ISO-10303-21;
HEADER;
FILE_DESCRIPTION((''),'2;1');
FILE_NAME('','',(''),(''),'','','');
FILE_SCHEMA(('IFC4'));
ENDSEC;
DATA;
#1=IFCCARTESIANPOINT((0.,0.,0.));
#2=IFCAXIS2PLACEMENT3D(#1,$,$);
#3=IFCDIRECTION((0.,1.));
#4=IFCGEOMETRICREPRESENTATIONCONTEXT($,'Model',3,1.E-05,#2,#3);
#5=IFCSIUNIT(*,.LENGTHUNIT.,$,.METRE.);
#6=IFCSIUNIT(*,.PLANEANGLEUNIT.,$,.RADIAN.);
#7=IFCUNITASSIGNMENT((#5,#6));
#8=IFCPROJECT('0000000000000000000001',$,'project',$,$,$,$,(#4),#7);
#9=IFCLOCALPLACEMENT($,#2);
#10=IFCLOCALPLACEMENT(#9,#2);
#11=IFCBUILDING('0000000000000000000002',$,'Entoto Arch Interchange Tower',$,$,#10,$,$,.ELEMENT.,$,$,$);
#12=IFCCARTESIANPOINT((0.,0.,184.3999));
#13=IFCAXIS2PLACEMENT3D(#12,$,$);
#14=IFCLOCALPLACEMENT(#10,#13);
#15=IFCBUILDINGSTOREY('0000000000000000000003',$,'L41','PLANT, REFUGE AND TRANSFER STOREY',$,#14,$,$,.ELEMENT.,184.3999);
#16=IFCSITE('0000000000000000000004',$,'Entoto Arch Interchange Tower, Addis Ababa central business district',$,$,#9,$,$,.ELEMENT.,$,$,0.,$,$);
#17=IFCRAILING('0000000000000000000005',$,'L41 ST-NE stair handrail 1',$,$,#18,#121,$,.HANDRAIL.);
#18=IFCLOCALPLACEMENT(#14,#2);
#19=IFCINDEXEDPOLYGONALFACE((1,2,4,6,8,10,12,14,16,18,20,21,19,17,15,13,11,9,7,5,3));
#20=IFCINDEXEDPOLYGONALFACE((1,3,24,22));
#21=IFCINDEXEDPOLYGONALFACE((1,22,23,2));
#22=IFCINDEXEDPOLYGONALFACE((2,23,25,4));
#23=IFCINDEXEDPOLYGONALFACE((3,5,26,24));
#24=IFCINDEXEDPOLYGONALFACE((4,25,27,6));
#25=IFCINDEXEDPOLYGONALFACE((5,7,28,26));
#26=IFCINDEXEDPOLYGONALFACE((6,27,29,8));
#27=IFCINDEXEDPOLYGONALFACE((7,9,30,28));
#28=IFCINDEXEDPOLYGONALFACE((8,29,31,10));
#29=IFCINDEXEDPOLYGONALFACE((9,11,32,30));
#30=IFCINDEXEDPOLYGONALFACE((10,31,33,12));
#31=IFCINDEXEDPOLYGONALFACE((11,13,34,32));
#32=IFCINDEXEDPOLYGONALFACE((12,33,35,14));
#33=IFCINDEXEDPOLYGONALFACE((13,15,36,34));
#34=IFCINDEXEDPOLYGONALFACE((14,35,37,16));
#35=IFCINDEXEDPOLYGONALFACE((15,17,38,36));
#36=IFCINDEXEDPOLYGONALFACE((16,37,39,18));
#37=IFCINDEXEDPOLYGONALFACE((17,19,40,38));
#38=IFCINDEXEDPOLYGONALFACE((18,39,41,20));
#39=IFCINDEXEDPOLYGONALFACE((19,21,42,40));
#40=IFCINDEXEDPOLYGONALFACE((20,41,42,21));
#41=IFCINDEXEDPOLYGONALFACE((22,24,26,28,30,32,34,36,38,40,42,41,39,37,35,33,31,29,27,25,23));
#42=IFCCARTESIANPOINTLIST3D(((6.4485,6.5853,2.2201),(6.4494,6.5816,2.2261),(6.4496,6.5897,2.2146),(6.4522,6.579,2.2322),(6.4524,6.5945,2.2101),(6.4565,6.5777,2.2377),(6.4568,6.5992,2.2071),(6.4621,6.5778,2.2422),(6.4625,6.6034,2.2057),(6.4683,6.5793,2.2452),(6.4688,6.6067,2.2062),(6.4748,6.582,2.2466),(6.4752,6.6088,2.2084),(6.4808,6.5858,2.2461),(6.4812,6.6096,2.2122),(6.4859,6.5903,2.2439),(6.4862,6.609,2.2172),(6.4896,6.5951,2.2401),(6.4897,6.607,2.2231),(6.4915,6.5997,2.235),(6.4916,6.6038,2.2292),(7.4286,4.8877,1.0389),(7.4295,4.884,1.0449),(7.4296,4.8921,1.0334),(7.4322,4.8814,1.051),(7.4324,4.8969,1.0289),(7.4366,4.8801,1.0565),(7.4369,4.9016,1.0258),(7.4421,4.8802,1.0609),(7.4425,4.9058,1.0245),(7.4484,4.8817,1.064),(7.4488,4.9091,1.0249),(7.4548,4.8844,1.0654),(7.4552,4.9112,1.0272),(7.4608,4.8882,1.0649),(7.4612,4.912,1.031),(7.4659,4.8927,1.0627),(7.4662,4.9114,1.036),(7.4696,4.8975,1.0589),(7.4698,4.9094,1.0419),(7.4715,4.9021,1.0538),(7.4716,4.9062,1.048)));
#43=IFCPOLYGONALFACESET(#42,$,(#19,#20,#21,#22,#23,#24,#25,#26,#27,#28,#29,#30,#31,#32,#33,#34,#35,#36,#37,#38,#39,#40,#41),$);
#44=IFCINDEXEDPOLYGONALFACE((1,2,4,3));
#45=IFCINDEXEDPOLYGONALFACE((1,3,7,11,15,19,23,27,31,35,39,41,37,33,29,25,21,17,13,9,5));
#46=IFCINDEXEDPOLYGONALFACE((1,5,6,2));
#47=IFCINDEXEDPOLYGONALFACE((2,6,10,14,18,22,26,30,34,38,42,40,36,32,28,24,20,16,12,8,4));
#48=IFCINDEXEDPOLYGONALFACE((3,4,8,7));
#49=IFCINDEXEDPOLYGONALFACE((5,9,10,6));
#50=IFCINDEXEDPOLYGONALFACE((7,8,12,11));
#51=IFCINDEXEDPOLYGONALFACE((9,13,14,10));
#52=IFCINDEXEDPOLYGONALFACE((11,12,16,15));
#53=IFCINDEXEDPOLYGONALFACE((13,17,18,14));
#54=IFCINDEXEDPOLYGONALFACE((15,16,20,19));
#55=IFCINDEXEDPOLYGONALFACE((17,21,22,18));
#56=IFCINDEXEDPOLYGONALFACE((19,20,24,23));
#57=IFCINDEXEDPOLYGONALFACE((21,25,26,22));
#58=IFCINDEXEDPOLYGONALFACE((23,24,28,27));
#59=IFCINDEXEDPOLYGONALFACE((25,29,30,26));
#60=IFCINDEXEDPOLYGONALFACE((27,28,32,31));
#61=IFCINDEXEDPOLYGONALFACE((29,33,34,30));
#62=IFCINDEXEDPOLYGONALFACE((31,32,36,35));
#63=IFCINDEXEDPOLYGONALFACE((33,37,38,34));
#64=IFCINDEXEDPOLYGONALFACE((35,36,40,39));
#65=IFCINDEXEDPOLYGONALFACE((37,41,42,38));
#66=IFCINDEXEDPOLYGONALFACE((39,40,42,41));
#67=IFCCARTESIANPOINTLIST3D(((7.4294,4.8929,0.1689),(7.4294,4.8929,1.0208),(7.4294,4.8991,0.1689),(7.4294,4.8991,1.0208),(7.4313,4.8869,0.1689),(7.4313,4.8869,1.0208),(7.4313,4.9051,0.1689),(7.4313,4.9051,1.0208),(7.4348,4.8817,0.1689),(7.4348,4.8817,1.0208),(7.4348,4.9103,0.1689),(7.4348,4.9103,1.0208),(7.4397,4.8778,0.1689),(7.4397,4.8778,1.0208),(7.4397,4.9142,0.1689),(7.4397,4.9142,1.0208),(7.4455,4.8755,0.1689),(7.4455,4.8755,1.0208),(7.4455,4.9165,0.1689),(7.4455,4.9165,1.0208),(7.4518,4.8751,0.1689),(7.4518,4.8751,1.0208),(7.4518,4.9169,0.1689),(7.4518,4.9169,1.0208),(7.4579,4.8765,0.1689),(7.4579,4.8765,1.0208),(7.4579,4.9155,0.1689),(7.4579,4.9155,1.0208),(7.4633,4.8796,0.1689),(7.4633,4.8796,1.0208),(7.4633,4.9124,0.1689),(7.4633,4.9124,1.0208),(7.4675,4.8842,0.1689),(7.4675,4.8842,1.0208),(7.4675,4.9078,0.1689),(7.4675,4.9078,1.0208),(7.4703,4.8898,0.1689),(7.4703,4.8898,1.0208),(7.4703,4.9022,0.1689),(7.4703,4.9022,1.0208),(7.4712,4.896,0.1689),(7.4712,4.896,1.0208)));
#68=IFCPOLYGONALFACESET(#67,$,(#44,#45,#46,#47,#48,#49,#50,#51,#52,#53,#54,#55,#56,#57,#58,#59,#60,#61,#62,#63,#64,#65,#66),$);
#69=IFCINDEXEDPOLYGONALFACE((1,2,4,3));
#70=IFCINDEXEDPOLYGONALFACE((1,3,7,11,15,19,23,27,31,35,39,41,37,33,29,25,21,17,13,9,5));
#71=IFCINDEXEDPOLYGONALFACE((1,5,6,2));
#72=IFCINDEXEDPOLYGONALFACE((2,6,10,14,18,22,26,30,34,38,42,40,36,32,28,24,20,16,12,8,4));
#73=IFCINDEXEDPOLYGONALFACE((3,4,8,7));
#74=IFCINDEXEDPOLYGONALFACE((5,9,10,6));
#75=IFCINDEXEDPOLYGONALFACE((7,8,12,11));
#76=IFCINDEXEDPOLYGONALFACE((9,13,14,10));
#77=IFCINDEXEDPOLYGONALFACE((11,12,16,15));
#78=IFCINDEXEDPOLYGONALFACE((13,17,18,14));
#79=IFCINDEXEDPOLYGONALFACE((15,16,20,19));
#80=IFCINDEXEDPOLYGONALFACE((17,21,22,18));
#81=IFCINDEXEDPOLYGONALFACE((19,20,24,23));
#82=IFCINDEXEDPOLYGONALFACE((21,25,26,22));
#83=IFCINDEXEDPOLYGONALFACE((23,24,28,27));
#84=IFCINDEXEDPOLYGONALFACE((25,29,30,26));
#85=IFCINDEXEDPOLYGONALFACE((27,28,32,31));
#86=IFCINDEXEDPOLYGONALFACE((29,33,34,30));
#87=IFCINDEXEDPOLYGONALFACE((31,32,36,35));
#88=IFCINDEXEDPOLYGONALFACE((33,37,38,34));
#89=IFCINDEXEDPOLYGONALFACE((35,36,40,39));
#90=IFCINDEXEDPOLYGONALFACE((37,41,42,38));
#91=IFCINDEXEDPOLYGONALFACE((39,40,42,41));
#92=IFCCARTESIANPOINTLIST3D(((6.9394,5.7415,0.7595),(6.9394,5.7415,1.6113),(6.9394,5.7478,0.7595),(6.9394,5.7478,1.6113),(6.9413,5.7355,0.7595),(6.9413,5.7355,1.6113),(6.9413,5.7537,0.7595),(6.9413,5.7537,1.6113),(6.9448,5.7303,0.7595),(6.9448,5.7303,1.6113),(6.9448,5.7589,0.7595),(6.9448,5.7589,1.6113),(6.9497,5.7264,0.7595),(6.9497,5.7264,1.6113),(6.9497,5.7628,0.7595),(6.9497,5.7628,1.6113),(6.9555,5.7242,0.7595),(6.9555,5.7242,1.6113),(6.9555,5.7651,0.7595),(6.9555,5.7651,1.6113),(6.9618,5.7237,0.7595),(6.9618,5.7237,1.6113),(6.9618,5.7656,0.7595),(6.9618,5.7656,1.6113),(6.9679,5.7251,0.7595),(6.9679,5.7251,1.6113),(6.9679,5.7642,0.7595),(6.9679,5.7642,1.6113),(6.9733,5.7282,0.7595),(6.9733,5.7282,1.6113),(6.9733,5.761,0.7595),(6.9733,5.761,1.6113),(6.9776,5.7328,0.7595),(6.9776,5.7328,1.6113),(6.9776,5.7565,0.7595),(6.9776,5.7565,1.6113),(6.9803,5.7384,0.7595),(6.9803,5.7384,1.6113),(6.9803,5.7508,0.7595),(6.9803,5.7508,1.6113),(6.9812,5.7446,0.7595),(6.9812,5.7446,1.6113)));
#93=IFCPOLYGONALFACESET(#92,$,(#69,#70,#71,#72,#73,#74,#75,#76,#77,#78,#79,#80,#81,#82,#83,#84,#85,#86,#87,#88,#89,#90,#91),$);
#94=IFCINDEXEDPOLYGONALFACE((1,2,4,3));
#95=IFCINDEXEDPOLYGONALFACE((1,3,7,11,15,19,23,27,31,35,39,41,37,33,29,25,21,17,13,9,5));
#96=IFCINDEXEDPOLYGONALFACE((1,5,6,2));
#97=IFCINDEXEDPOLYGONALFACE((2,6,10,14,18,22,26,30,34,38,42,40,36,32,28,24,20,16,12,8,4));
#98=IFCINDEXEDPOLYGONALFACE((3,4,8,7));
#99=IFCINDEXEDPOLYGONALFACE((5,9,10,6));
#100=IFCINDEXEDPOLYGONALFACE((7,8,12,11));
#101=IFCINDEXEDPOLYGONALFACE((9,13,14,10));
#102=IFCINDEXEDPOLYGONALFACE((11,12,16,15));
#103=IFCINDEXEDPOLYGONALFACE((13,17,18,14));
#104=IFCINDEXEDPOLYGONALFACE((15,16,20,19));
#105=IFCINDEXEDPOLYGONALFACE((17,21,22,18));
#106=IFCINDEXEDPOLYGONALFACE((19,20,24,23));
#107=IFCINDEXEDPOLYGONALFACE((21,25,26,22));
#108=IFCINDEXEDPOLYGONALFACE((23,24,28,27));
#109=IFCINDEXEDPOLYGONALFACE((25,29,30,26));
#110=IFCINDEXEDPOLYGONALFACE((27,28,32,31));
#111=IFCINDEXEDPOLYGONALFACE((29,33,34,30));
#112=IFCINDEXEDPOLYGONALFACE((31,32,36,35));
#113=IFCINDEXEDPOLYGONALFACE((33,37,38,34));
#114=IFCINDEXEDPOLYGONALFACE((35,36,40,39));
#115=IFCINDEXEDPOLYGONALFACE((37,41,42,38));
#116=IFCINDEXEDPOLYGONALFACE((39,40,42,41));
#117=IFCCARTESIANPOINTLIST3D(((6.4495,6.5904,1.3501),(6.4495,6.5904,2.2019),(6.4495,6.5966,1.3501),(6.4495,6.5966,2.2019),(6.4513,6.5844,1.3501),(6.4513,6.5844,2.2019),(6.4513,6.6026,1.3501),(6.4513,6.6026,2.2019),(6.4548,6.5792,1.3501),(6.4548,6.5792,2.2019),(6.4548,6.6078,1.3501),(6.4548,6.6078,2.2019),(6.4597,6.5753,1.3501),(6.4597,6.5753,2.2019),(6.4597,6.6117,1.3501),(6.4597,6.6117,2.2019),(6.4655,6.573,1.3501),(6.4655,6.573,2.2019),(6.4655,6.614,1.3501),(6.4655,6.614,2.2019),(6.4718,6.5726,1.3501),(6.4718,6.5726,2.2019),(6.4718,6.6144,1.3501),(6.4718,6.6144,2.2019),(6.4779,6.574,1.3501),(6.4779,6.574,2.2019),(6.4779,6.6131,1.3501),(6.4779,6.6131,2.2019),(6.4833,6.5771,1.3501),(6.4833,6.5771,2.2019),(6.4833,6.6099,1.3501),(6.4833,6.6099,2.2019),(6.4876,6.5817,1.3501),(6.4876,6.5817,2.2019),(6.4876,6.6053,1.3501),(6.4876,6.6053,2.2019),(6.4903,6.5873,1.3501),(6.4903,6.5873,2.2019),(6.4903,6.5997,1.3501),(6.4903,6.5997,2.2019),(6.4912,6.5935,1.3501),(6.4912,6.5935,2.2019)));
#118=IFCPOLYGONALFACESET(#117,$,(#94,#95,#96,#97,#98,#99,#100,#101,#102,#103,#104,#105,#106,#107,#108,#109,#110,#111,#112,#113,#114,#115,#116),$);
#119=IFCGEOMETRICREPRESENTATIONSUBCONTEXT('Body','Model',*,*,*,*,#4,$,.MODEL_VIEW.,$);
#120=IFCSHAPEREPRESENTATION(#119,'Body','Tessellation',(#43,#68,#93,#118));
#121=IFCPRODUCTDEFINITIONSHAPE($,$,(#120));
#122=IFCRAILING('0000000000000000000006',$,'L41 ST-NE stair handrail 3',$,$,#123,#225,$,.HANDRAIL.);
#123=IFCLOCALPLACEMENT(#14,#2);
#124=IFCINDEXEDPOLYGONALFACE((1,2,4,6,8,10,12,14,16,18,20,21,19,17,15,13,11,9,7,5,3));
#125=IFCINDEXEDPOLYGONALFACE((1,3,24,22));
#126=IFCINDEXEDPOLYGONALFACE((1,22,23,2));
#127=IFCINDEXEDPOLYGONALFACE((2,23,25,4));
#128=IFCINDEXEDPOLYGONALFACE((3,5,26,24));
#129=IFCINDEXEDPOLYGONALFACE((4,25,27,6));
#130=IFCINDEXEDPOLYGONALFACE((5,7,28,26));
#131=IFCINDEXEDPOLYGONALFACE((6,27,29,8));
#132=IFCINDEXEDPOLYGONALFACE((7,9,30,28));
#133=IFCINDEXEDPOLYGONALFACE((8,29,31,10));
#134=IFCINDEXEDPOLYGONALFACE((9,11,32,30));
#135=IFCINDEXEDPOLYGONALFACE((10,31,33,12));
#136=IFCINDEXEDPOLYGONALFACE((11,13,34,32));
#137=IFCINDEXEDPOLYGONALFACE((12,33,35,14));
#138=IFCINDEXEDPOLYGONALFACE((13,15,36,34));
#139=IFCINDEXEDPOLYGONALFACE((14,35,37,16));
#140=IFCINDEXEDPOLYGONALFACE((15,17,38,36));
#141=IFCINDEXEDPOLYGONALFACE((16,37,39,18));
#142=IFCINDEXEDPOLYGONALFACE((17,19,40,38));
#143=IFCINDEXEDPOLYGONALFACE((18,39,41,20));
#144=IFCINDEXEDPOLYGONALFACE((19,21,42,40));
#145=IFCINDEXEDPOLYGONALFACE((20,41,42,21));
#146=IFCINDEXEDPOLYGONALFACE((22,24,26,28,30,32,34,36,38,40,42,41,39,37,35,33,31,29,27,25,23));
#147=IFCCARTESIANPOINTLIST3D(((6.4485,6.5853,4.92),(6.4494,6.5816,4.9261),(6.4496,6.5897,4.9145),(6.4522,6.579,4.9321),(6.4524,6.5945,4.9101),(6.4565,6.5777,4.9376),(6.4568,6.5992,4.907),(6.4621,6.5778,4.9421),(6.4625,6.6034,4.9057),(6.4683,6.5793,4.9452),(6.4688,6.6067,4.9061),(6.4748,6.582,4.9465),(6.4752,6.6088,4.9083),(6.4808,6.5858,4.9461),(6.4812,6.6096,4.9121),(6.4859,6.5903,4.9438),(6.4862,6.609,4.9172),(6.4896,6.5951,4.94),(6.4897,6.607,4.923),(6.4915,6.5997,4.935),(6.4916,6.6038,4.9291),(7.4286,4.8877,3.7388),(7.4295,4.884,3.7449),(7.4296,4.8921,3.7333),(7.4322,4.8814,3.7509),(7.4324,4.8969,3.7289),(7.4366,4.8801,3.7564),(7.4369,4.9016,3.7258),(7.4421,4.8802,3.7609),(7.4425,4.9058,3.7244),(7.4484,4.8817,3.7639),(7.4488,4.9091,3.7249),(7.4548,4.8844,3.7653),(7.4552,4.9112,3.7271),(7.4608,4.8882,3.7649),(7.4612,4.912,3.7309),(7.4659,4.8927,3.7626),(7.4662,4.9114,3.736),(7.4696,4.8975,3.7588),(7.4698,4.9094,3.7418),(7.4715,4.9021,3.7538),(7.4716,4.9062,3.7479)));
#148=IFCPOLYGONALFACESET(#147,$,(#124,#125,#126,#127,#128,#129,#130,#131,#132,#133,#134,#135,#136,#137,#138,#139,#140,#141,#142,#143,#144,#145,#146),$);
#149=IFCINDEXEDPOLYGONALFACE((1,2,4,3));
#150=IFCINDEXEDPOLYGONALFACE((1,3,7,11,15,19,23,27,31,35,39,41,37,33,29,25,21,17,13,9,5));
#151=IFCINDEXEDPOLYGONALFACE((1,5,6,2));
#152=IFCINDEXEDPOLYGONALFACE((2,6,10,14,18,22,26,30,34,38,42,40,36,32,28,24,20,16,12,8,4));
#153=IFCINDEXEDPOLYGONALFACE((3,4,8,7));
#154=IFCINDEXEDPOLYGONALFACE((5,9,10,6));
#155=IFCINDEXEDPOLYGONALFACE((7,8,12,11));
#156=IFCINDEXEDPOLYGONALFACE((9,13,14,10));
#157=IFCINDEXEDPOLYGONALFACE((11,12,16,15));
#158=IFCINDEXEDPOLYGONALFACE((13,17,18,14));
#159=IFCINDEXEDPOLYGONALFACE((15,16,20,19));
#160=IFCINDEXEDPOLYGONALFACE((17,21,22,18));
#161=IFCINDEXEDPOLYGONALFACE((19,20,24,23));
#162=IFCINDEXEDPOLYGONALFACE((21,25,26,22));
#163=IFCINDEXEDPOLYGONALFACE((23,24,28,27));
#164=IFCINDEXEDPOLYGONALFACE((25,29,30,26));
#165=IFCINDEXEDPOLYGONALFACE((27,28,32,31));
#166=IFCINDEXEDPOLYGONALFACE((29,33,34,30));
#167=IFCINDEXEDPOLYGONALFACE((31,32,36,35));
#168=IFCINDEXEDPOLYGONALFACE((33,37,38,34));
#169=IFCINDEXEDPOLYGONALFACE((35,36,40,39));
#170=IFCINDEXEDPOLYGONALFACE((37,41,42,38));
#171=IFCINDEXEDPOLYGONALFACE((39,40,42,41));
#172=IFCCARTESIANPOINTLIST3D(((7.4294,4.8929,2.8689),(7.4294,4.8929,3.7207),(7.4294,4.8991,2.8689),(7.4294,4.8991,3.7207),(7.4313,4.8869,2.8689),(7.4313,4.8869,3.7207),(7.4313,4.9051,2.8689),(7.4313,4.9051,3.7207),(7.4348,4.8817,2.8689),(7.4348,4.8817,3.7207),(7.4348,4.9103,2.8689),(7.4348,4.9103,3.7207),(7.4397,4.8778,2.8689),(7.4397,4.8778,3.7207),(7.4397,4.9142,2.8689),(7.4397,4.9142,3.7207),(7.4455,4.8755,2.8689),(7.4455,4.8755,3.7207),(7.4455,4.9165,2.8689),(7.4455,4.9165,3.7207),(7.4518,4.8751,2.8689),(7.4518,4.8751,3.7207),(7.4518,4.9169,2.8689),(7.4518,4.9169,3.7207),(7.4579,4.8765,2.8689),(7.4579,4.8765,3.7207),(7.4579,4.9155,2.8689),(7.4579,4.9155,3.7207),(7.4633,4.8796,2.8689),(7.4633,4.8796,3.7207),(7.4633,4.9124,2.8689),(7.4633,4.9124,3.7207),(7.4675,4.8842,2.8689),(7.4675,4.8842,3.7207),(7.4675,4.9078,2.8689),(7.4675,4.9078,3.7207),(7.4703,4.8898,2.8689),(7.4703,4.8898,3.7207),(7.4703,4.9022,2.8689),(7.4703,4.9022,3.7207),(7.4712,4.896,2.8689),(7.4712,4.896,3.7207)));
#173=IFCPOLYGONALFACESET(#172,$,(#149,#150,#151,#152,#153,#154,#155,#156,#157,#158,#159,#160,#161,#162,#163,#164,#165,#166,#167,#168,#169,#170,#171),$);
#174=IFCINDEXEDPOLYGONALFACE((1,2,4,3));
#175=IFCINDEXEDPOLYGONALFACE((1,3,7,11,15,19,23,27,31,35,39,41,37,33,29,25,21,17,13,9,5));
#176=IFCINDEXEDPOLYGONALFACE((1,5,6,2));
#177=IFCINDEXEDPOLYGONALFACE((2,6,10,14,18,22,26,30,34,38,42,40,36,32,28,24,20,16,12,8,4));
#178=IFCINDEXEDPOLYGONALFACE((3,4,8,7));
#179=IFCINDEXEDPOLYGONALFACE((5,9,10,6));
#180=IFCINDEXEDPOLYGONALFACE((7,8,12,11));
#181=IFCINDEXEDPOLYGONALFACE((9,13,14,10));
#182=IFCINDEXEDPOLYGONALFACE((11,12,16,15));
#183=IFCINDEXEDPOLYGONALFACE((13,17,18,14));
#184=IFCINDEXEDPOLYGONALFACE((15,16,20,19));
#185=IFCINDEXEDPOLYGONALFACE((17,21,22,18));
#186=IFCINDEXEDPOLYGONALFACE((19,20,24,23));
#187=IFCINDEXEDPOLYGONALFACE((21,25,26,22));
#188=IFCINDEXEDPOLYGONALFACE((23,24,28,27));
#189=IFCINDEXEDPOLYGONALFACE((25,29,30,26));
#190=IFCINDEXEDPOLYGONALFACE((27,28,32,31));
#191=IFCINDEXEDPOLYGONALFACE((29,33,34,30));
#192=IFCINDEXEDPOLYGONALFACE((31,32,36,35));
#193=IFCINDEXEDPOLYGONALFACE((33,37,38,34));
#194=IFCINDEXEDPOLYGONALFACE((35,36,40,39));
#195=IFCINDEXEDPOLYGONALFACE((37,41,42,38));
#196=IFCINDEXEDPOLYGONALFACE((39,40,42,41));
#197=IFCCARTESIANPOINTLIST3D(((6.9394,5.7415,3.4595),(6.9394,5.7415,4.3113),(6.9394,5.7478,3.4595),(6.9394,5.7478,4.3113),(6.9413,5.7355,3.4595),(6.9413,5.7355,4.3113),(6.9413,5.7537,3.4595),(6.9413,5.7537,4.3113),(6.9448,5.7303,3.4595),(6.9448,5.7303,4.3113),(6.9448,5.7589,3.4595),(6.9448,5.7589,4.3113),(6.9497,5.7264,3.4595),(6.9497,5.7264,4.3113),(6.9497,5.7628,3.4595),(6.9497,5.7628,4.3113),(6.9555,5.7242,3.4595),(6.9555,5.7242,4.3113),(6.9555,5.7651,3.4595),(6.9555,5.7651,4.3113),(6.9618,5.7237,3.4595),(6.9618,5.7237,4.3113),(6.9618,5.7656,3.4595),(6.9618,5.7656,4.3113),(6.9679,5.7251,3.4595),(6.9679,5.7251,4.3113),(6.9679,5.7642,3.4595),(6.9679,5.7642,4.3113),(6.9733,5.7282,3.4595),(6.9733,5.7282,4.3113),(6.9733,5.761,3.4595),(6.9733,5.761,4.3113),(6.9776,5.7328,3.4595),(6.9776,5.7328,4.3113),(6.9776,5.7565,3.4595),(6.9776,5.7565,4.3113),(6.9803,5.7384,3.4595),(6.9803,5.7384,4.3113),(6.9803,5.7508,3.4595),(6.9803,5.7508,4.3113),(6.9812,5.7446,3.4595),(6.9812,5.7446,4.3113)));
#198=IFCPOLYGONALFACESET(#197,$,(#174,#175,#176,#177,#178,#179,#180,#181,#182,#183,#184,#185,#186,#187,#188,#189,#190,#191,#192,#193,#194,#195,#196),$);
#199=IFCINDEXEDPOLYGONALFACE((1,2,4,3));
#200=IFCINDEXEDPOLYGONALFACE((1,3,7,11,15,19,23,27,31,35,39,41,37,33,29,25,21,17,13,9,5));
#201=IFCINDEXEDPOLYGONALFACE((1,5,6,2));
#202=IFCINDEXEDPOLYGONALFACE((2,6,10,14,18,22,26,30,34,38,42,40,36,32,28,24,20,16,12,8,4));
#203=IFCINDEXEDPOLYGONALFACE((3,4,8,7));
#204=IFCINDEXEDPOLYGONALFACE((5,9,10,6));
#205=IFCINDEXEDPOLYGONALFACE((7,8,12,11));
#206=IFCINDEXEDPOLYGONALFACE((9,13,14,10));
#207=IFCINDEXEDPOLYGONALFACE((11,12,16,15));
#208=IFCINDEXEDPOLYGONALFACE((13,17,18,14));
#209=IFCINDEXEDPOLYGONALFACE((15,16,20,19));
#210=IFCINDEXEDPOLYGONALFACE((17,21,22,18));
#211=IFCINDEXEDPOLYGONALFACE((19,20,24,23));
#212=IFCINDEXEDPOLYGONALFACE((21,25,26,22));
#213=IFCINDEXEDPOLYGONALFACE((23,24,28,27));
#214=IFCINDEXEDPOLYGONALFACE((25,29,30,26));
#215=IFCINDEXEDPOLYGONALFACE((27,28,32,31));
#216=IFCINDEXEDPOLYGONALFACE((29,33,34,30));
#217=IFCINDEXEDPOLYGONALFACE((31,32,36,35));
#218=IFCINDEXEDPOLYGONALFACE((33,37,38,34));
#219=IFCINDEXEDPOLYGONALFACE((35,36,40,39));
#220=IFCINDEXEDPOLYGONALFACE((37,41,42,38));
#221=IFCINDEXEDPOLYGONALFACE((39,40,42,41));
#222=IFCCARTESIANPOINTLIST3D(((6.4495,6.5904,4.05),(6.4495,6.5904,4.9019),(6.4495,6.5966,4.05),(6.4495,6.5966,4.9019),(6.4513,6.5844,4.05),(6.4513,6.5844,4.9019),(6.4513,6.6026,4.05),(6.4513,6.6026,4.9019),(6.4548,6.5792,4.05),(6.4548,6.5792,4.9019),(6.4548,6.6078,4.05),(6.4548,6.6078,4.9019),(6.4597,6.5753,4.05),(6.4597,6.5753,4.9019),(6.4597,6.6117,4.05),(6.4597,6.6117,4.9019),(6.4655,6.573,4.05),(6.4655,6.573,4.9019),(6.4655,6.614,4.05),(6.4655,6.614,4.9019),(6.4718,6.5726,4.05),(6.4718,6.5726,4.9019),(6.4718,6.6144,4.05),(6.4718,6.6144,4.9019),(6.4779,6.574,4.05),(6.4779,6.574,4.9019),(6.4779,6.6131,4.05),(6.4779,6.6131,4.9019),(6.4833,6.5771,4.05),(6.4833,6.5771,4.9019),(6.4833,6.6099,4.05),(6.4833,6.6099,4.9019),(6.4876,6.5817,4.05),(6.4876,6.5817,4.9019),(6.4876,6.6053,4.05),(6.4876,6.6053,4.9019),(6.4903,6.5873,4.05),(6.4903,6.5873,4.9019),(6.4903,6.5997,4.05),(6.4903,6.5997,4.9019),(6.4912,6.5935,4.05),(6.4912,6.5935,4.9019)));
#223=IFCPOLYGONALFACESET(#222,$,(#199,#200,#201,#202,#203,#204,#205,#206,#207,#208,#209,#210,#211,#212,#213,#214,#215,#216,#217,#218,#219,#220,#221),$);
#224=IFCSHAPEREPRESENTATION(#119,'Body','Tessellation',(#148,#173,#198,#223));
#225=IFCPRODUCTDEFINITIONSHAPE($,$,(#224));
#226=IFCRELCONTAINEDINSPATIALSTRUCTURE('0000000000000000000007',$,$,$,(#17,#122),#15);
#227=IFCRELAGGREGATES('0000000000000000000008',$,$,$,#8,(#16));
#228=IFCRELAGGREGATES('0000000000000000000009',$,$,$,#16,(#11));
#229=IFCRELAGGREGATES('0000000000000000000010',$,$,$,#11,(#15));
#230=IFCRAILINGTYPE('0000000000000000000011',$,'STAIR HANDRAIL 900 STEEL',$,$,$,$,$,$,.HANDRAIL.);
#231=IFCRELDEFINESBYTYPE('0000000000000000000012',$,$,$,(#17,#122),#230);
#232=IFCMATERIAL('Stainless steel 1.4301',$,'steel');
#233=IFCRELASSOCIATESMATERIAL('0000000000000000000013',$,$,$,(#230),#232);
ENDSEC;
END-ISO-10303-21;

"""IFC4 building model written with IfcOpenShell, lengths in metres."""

from ifc_helpers import new_model, si_unit, direction, frame, origin, origin_2d, place, context, subcontext, project, spatial, circle, extrude, material, type_object, element, save


model = new_model("IFC4")

# Units and contexts
model_context = context("Model", 3, precision=1e-05, world=origin(), true_north=direction((0.0, 1.0)))
body_context = subcontext(model_context, "Body", "Model", "MODEL_VIEW")
ifc_project = project(units=[si_unit("LENGTHUNIT", "METRE"), si_unit("PLANEANGLEUNIT", "RADIAN")], contexts=[model_context])

# Site, building, storey
site_placement = place(None, origin())
site = spatial("IfcSite", under=ifc_project, at=site_placement, Name="Entoto Arch Interchange Tower, Addis Ababa central business district", CompositionType="ELEMENT", RefElevation=0.0)
building_placement = place(site_placement, origin())
building = spatial("IfcBuilding", under=site, at=building_placement, Name="Entoto Arch Interchange Tower", CompositionType="ELEMENT")
storey_placement = place(building_placement, frame((0.0, 0.0, 184.3999)))
storey = spatial("IfcBuildingStorey", under=building, at=storey_placement, Name="L41", Description="PLANT, REFUGE AND TRANSFER STOREY", CompositionType="ELEMENT", Elevation=184.3999)

# Railings
ifc_material_1 = material(Name="Stainless steel 1.4301", Category="steel")
railing_type_1 = type_object("IfcRailingType", Name="STAIR HANDRAIL 900 STEEL", PredefinedType="HANDRAIL", material=ifc_material_1)
for number, where, name in (
    (1, (7.4502, 4.896, 0.1689), "L41 ST-NE stair handrail 1"),
    (2, (7.4502, 4.896, 2.8689), "L41 ST-NE stair handrail 3"),
):
    element("IfcRailing", number, at=place(storey_placement, frame(where)), inside=storey, type_object=railing_type_1, Name=name, PredefinedType="HANDRAIL", context=body_context, shape_type="SweptSolid", body=[
        extrude(circle(Radius=0.0239, at=origin_2d()), frame((0.0, 0.0, 0.876), z_axis=(-0.428228, 0.741771, 0.516135), x_axis=(-0.866042, -0.49997, 0.0)), (0.0, 0.0, 1.0), 2.2886),
        extrude(circle(Radius=0.021, at=origin_2d()), origin(), (0.0, 0.0, 1.0), 0.8518),
        extrude(circle(Radius=0.021, at=origin_2d()), frame((-0.49, 0.8486, 0.5906)), (0.0, 0.0, 1.0), 0.8518),
        extrude(circle(Radius=0.021, at=origin_2d()), frame((-0.98, 1.6975, 1.1812)), (0.0, 0.0, 1.0), 0.8518),
    ])

save(model, "model.ifc")
